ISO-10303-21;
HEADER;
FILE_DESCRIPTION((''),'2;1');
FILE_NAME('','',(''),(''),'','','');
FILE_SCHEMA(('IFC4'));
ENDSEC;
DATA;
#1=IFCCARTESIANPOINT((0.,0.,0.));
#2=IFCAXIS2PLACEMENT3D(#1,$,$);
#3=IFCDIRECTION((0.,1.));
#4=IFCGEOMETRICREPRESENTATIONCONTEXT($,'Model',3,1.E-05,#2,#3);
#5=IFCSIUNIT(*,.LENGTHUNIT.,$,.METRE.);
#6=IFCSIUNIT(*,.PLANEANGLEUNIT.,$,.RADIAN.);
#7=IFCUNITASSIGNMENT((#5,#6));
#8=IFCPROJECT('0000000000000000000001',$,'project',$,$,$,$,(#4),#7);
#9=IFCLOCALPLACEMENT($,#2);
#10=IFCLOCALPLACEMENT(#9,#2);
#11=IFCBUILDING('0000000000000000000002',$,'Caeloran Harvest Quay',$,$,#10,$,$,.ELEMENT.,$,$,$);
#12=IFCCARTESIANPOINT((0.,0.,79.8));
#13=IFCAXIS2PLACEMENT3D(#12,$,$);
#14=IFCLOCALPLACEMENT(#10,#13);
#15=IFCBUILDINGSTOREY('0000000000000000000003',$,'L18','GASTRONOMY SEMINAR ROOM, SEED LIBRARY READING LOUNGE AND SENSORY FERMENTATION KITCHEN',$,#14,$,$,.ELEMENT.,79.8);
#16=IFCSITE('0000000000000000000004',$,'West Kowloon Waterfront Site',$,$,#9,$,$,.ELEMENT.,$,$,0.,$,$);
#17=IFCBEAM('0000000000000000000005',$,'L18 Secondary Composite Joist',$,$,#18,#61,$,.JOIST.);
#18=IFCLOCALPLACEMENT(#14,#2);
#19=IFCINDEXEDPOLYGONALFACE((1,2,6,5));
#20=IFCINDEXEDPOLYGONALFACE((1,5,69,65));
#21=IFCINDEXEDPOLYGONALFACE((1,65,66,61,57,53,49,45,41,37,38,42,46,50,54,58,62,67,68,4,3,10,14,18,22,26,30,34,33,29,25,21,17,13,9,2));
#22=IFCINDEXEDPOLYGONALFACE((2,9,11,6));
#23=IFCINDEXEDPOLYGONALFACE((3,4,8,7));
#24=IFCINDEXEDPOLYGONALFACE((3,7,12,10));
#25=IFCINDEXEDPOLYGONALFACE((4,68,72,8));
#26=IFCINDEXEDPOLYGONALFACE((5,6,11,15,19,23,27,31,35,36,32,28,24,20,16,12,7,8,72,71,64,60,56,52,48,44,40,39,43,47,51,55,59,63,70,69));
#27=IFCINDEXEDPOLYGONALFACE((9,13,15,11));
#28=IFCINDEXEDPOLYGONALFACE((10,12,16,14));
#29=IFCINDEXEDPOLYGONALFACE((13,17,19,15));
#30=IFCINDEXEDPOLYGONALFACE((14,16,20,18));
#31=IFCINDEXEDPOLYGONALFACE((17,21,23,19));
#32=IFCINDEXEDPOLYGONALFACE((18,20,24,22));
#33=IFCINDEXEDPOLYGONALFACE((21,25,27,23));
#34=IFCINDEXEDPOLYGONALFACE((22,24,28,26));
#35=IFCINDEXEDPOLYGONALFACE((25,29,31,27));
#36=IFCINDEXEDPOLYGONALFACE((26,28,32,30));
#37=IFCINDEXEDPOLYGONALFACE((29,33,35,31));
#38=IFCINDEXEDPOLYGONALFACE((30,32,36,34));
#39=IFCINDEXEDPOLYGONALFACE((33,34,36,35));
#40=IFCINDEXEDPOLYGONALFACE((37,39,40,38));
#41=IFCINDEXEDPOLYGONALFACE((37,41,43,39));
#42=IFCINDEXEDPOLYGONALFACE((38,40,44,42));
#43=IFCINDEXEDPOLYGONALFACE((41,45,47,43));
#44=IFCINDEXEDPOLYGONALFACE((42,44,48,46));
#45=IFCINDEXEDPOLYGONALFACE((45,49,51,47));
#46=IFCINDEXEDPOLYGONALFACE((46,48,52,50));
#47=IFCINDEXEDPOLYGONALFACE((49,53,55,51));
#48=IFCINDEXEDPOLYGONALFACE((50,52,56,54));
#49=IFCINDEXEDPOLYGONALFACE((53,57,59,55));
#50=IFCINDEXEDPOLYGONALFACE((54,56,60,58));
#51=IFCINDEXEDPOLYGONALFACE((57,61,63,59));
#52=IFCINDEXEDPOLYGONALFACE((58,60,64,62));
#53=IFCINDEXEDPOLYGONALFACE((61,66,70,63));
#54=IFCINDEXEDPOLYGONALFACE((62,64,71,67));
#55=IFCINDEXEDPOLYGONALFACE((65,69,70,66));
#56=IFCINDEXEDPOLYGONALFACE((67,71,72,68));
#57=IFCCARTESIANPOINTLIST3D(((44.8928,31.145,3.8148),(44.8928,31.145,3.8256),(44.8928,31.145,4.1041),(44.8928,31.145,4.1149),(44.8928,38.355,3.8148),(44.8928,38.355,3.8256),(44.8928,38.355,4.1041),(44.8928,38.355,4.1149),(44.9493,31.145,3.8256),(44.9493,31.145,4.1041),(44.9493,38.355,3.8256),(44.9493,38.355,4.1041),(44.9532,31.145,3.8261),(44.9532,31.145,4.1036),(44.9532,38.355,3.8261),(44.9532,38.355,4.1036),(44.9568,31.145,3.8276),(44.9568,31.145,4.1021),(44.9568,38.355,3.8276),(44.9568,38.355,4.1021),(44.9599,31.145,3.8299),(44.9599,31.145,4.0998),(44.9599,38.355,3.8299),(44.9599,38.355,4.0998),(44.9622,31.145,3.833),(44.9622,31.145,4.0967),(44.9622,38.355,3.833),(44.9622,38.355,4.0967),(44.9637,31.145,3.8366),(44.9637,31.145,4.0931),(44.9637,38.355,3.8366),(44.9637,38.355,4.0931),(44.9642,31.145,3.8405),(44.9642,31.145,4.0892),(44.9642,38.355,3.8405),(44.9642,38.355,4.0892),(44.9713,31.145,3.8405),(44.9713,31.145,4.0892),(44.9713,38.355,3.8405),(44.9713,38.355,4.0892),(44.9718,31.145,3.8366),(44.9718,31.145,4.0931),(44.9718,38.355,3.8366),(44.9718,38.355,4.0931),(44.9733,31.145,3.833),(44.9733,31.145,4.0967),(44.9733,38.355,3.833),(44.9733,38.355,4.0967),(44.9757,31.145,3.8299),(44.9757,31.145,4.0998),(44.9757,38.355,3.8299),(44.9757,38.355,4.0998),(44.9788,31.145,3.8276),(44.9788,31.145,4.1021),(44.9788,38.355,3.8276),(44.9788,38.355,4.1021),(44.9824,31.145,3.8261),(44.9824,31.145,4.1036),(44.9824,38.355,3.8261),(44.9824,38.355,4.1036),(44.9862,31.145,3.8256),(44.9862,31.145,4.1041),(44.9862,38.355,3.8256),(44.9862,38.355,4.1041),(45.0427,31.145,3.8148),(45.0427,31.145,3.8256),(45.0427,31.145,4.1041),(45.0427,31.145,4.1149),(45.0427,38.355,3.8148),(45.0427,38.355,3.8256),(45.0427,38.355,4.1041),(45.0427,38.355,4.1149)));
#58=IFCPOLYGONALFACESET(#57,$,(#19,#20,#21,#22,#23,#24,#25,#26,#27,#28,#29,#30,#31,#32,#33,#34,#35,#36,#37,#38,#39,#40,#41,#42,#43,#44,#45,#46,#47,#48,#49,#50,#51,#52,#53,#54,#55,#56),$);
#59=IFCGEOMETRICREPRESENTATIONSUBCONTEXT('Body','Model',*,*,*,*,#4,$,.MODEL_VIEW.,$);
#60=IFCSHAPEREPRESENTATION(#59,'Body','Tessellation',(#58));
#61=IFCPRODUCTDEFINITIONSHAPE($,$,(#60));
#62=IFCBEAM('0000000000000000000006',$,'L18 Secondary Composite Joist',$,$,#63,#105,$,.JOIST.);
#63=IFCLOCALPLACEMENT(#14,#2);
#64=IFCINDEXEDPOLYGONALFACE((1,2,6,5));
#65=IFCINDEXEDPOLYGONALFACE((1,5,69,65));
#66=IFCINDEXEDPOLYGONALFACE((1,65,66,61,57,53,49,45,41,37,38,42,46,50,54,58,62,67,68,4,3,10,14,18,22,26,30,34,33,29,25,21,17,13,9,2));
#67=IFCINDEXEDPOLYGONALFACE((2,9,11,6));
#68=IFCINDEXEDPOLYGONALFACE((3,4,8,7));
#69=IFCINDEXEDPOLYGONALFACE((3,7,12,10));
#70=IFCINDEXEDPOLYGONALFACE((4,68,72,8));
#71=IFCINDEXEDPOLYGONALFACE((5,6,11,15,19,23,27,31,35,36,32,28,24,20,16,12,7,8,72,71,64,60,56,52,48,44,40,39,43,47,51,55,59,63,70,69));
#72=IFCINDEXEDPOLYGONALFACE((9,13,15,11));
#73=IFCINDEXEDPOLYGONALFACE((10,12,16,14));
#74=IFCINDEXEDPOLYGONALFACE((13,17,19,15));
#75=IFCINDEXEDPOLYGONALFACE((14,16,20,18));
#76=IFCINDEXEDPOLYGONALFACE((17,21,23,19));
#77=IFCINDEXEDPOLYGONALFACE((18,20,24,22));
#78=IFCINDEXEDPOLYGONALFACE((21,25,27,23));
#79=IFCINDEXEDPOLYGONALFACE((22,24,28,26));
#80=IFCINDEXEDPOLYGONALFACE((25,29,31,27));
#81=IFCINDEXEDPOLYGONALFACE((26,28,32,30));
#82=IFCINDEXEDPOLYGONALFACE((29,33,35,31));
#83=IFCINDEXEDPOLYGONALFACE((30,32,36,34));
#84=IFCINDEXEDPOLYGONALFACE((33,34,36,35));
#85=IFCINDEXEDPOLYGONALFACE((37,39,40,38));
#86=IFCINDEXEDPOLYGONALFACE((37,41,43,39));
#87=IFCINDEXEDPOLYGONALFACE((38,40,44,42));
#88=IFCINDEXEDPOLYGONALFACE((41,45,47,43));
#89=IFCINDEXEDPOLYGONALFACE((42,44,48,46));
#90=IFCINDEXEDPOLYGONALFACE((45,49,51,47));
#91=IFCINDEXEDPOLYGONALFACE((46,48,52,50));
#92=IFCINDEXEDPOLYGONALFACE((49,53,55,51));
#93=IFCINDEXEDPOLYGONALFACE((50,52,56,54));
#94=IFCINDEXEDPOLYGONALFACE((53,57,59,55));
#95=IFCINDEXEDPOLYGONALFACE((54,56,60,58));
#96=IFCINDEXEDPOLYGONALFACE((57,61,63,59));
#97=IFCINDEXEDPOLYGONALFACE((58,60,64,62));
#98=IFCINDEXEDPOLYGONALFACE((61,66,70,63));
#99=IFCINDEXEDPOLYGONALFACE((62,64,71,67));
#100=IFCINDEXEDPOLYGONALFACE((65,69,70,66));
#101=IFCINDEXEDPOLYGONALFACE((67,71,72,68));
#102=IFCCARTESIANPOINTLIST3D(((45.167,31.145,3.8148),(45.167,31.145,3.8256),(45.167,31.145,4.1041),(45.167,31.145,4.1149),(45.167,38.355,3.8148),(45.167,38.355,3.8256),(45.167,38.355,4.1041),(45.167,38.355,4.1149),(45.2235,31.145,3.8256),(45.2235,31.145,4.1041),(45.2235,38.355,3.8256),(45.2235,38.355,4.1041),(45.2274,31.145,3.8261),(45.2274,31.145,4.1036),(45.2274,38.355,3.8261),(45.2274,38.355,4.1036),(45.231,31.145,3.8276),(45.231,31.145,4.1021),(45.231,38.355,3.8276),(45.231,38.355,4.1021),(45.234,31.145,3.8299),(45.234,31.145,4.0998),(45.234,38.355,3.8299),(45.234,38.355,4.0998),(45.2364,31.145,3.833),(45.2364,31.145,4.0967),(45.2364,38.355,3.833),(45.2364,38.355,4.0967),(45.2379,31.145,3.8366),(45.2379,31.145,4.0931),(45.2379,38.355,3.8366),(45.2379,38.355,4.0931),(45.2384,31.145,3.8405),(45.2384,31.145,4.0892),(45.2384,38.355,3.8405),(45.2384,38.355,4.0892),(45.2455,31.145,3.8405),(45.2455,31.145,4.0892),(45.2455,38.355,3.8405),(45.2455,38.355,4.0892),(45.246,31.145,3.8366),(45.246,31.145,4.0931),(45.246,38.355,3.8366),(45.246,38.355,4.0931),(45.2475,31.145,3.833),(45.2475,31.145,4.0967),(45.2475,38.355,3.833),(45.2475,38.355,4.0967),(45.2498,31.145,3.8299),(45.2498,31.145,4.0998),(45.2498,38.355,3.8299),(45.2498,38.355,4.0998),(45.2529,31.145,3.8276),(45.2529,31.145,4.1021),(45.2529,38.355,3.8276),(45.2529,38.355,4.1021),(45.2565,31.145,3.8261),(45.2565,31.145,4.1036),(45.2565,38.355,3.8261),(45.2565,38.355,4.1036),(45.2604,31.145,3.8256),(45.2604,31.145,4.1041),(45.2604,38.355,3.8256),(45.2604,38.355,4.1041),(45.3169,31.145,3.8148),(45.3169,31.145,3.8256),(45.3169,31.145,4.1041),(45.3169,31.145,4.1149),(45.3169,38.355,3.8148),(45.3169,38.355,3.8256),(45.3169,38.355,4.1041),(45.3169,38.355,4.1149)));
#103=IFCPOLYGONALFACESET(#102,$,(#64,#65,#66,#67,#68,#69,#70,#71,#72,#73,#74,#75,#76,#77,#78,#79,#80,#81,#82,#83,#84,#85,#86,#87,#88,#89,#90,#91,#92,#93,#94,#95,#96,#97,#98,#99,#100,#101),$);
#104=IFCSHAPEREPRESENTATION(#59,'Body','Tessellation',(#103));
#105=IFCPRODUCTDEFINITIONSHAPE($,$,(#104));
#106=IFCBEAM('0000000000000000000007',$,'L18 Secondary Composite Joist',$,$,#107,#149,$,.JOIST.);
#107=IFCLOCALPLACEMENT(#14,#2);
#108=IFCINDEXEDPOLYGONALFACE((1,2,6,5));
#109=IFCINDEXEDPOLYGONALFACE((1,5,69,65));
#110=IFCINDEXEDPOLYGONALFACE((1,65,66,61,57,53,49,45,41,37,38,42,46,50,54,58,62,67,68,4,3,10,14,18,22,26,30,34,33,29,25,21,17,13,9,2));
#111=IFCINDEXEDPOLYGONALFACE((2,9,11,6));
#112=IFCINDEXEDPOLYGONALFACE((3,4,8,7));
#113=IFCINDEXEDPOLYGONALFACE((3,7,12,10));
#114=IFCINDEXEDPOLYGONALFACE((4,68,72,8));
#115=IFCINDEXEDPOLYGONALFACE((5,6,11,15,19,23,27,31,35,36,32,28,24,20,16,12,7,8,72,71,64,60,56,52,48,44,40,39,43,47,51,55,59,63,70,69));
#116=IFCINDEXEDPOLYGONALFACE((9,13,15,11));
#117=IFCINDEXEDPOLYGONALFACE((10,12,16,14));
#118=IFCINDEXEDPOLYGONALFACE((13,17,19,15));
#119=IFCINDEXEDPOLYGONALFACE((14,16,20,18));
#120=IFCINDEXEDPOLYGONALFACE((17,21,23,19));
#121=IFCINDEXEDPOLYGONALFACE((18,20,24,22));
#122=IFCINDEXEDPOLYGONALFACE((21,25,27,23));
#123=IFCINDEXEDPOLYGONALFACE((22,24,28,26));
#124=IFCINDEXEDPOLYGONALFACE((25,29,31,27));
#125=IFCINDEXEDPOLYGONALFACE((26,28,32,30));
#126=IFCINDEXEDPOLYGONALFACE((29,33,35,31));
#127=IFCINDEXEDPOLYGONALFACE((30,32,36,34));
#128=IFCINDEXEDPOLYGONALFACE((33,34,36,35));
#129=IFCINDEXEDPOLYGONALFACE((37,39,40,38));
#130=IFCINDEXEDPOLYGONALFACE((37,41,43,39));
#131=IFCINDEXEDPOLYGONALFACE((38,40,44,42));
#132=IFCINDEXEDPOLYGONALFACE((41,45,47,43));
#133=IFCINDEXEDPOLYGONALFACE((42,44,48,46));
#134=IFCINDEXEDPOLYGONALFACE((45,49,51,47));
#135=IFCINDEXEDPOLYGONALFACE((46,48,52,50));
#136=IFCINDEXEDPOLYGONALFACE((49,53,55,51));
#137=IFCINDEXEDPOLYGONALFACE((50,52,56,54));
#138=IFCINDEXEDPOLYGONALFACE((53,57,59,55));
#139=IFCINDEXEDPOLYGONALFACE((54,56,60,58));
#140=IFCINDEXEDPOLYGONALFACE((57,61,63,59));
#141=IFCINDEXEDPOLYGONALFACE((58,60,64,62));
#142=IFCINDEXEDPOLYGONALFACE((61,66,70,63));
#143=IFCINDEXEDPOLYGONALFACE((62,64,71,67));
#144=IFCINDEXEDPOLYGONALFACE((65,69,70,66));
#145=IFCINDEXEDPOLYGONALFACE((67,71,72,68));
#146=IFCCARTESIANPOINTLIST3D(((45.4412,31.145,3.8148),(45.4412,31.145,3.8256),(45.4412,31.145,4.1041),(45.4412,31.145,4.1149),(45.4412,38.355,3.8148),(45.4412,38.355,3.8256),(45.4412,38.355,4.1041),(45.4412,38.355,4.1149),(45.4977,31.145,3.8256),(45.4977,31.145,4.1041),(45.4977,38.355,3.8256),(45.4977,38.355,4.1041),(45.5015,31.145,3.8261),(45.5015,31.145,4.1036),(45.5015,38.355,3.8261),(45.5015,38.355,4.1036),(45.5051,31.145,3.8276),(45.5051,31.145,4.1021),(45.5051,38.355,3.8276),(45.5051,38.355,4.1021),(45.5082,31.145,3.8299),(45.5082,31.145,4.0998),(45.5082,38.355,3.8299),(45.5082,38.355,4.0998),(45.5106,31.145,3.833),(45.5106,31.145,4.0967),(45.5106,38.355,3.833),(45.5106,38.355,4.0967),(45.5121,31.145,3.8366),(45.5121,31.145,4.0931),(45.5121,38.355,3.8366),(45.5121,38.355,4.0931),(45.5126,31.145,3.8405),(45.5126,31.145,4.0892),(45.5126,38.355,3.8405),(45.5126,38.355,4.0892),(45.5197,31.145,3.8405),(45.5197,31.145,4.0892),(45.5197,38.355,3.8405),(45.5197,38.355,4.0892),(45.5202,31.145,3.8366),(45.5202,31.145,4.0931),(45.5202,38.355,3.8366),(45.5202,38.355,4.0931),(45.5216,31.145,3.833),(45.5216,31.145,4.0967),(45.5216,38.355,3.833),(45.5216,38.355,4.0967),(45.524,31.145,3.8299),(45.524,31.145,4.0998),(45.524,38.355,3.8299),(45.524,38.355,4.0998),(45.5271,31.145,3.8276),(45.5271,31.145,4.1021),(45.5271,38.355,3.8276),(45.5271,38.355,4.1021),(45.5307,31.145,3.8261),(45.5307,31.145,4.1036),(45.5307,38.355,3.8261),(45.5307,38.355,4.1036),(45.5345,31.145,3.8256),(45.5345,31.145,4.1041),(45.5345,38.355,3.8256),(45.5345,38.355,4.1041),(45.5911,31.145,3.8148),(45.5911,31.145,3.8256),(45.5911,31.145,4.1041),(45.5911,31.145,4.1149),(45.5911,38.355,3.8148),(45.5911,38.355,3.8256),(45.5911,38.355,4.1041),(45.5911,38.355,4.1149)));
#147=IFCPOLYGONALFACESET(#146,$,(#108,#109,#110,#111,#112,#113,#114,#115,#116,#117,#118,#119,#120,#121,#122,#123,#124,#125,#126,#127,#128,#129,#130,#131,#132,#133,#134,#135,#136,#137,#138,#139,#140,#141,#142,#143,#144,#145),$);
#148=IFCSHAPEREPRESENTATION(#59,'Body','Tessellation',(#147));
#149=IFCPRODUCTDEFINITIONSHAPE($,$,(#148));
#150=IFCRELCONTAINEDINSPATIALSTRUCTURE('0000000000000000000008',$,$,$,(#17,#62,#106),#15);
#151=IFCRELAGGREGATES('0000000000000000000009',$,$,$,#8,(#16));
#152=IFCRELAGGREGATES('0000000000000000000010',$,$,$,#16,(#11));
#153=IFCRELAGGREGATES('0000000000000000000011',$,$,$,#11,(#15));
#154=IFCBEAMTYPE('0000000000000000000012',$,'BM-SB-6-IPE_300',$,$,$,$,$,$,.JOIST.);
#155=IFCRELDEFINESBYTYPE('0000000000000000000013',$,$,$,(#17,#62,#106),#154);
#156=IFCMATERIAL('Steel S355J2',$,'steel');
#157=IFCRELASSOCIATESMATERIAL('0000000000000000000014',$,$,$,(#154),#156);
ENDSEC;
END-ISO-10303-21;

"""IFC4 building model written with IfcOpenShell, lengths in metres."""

from ifc_helpers import new_model, si_unit, direction, frame, origin, origin_2d, place, context, subcontext, project, spatial, i_section, extrude, material, material_profile, profile_set, type_object, element, save


model = new_model("IFC4")

# Units and contexts
model_context = context("Model", 3, precision=1e-05, world=origin(), true_north=direction((0.0, 1.0)))
body_context = subcontext(model_context, "Body", "Model", "MODEL_VIEW")
ifc_project = project(units=[si_unit("LENGTHUNIT", "METRE"), si_unit("PLANEANGLEUNIT", "RADIAN")], contexts=[model_context])

# Site, building, storey
site_placement = place(None, origin())
site = spatial("IfcSite", under=ifc_project, at=site_placement, Name="West Kowloon Waterfront Site", CompositionType="ELEMENT", RefElevation=0.0)
building_placement = place(site_placement, origin())
building = spatial("IfcBuilding", under=site, at=building_placement, Name="Caeloran Harvest Quay", CompositionType="ELEMENT")
storey_placement = place(building_placement, frame((0.0, 0.0, 79.8)))
storey = spatial("IfcBuildingStorey", under=building, at=storey_placement, Name="L18", Description="GASTRONOMY SEMINAR ROOM, SEED LIBRARY READING LOUNGE AND SENSORY FERMENTATION KITCHEN", CompositionType="ELEMENT", Elevation=79.8)

# Beams
ifc_material_1 = material(Name="Steel S355J2", Category="steel")
ifc_material_profile_1 = material_profile(ifc_material_1, i_section(OverallWidth=0.1499, OverallDepth=0.3, WebThickness=0.0071, FlangeThickness=0.0107, FilletRadius=0.0149, at=origin_2d()), Name="IPE 300")
ifc_profile_set_1 = profile_set([ifc_material_profile_1], Name="Steel S355J2")
beam_type_1 = type_object("IfcBeamType", Name="BM-SB-6-IPE_300", PredefinedType="JOIST", material=ifc_profile_set_1)
for number, where, z_axis, x_axis, name in (
    (1, (44.9678, 31.145, 3.9648), (0.0, 1.0, 0.0), (-1.0, 0.0, 0.0), "L18 Secondary Composite Joist"),
    (2, (45.2419, 31.145, 3.9648), (0.0, 1.0, 0.0), (-1.0, 0.0, 0.0), "L18 Secondary Composite Joist"),
    (3, (45.5161, 31.145, 3.9648), (0.0, 1.0, 0.0), (-1.0, 0.0, 0.0), "L18 Secondary Composite Joist"),
):
    element("IfcBeam", number, at=place(storey_placement, frame(where, z_axis=z_axis, x_axis=x_axis)), inside=storey, type_object=beam_type_1, Name=name, PredefinedType="JOIST", context=body_context, shape_type="SweptSolid", body=[
        extrude(i_section(OverallWidth=0.1499, OverallDepth=0.3, WebThickness=0.0071, FlangeThickness=0.0107, FilletRadius=0.0149, at=origin_2d()), origin(), (0.0, 0.0, 1.0), 7.21),
    ])

save(model, "model.ifc")
